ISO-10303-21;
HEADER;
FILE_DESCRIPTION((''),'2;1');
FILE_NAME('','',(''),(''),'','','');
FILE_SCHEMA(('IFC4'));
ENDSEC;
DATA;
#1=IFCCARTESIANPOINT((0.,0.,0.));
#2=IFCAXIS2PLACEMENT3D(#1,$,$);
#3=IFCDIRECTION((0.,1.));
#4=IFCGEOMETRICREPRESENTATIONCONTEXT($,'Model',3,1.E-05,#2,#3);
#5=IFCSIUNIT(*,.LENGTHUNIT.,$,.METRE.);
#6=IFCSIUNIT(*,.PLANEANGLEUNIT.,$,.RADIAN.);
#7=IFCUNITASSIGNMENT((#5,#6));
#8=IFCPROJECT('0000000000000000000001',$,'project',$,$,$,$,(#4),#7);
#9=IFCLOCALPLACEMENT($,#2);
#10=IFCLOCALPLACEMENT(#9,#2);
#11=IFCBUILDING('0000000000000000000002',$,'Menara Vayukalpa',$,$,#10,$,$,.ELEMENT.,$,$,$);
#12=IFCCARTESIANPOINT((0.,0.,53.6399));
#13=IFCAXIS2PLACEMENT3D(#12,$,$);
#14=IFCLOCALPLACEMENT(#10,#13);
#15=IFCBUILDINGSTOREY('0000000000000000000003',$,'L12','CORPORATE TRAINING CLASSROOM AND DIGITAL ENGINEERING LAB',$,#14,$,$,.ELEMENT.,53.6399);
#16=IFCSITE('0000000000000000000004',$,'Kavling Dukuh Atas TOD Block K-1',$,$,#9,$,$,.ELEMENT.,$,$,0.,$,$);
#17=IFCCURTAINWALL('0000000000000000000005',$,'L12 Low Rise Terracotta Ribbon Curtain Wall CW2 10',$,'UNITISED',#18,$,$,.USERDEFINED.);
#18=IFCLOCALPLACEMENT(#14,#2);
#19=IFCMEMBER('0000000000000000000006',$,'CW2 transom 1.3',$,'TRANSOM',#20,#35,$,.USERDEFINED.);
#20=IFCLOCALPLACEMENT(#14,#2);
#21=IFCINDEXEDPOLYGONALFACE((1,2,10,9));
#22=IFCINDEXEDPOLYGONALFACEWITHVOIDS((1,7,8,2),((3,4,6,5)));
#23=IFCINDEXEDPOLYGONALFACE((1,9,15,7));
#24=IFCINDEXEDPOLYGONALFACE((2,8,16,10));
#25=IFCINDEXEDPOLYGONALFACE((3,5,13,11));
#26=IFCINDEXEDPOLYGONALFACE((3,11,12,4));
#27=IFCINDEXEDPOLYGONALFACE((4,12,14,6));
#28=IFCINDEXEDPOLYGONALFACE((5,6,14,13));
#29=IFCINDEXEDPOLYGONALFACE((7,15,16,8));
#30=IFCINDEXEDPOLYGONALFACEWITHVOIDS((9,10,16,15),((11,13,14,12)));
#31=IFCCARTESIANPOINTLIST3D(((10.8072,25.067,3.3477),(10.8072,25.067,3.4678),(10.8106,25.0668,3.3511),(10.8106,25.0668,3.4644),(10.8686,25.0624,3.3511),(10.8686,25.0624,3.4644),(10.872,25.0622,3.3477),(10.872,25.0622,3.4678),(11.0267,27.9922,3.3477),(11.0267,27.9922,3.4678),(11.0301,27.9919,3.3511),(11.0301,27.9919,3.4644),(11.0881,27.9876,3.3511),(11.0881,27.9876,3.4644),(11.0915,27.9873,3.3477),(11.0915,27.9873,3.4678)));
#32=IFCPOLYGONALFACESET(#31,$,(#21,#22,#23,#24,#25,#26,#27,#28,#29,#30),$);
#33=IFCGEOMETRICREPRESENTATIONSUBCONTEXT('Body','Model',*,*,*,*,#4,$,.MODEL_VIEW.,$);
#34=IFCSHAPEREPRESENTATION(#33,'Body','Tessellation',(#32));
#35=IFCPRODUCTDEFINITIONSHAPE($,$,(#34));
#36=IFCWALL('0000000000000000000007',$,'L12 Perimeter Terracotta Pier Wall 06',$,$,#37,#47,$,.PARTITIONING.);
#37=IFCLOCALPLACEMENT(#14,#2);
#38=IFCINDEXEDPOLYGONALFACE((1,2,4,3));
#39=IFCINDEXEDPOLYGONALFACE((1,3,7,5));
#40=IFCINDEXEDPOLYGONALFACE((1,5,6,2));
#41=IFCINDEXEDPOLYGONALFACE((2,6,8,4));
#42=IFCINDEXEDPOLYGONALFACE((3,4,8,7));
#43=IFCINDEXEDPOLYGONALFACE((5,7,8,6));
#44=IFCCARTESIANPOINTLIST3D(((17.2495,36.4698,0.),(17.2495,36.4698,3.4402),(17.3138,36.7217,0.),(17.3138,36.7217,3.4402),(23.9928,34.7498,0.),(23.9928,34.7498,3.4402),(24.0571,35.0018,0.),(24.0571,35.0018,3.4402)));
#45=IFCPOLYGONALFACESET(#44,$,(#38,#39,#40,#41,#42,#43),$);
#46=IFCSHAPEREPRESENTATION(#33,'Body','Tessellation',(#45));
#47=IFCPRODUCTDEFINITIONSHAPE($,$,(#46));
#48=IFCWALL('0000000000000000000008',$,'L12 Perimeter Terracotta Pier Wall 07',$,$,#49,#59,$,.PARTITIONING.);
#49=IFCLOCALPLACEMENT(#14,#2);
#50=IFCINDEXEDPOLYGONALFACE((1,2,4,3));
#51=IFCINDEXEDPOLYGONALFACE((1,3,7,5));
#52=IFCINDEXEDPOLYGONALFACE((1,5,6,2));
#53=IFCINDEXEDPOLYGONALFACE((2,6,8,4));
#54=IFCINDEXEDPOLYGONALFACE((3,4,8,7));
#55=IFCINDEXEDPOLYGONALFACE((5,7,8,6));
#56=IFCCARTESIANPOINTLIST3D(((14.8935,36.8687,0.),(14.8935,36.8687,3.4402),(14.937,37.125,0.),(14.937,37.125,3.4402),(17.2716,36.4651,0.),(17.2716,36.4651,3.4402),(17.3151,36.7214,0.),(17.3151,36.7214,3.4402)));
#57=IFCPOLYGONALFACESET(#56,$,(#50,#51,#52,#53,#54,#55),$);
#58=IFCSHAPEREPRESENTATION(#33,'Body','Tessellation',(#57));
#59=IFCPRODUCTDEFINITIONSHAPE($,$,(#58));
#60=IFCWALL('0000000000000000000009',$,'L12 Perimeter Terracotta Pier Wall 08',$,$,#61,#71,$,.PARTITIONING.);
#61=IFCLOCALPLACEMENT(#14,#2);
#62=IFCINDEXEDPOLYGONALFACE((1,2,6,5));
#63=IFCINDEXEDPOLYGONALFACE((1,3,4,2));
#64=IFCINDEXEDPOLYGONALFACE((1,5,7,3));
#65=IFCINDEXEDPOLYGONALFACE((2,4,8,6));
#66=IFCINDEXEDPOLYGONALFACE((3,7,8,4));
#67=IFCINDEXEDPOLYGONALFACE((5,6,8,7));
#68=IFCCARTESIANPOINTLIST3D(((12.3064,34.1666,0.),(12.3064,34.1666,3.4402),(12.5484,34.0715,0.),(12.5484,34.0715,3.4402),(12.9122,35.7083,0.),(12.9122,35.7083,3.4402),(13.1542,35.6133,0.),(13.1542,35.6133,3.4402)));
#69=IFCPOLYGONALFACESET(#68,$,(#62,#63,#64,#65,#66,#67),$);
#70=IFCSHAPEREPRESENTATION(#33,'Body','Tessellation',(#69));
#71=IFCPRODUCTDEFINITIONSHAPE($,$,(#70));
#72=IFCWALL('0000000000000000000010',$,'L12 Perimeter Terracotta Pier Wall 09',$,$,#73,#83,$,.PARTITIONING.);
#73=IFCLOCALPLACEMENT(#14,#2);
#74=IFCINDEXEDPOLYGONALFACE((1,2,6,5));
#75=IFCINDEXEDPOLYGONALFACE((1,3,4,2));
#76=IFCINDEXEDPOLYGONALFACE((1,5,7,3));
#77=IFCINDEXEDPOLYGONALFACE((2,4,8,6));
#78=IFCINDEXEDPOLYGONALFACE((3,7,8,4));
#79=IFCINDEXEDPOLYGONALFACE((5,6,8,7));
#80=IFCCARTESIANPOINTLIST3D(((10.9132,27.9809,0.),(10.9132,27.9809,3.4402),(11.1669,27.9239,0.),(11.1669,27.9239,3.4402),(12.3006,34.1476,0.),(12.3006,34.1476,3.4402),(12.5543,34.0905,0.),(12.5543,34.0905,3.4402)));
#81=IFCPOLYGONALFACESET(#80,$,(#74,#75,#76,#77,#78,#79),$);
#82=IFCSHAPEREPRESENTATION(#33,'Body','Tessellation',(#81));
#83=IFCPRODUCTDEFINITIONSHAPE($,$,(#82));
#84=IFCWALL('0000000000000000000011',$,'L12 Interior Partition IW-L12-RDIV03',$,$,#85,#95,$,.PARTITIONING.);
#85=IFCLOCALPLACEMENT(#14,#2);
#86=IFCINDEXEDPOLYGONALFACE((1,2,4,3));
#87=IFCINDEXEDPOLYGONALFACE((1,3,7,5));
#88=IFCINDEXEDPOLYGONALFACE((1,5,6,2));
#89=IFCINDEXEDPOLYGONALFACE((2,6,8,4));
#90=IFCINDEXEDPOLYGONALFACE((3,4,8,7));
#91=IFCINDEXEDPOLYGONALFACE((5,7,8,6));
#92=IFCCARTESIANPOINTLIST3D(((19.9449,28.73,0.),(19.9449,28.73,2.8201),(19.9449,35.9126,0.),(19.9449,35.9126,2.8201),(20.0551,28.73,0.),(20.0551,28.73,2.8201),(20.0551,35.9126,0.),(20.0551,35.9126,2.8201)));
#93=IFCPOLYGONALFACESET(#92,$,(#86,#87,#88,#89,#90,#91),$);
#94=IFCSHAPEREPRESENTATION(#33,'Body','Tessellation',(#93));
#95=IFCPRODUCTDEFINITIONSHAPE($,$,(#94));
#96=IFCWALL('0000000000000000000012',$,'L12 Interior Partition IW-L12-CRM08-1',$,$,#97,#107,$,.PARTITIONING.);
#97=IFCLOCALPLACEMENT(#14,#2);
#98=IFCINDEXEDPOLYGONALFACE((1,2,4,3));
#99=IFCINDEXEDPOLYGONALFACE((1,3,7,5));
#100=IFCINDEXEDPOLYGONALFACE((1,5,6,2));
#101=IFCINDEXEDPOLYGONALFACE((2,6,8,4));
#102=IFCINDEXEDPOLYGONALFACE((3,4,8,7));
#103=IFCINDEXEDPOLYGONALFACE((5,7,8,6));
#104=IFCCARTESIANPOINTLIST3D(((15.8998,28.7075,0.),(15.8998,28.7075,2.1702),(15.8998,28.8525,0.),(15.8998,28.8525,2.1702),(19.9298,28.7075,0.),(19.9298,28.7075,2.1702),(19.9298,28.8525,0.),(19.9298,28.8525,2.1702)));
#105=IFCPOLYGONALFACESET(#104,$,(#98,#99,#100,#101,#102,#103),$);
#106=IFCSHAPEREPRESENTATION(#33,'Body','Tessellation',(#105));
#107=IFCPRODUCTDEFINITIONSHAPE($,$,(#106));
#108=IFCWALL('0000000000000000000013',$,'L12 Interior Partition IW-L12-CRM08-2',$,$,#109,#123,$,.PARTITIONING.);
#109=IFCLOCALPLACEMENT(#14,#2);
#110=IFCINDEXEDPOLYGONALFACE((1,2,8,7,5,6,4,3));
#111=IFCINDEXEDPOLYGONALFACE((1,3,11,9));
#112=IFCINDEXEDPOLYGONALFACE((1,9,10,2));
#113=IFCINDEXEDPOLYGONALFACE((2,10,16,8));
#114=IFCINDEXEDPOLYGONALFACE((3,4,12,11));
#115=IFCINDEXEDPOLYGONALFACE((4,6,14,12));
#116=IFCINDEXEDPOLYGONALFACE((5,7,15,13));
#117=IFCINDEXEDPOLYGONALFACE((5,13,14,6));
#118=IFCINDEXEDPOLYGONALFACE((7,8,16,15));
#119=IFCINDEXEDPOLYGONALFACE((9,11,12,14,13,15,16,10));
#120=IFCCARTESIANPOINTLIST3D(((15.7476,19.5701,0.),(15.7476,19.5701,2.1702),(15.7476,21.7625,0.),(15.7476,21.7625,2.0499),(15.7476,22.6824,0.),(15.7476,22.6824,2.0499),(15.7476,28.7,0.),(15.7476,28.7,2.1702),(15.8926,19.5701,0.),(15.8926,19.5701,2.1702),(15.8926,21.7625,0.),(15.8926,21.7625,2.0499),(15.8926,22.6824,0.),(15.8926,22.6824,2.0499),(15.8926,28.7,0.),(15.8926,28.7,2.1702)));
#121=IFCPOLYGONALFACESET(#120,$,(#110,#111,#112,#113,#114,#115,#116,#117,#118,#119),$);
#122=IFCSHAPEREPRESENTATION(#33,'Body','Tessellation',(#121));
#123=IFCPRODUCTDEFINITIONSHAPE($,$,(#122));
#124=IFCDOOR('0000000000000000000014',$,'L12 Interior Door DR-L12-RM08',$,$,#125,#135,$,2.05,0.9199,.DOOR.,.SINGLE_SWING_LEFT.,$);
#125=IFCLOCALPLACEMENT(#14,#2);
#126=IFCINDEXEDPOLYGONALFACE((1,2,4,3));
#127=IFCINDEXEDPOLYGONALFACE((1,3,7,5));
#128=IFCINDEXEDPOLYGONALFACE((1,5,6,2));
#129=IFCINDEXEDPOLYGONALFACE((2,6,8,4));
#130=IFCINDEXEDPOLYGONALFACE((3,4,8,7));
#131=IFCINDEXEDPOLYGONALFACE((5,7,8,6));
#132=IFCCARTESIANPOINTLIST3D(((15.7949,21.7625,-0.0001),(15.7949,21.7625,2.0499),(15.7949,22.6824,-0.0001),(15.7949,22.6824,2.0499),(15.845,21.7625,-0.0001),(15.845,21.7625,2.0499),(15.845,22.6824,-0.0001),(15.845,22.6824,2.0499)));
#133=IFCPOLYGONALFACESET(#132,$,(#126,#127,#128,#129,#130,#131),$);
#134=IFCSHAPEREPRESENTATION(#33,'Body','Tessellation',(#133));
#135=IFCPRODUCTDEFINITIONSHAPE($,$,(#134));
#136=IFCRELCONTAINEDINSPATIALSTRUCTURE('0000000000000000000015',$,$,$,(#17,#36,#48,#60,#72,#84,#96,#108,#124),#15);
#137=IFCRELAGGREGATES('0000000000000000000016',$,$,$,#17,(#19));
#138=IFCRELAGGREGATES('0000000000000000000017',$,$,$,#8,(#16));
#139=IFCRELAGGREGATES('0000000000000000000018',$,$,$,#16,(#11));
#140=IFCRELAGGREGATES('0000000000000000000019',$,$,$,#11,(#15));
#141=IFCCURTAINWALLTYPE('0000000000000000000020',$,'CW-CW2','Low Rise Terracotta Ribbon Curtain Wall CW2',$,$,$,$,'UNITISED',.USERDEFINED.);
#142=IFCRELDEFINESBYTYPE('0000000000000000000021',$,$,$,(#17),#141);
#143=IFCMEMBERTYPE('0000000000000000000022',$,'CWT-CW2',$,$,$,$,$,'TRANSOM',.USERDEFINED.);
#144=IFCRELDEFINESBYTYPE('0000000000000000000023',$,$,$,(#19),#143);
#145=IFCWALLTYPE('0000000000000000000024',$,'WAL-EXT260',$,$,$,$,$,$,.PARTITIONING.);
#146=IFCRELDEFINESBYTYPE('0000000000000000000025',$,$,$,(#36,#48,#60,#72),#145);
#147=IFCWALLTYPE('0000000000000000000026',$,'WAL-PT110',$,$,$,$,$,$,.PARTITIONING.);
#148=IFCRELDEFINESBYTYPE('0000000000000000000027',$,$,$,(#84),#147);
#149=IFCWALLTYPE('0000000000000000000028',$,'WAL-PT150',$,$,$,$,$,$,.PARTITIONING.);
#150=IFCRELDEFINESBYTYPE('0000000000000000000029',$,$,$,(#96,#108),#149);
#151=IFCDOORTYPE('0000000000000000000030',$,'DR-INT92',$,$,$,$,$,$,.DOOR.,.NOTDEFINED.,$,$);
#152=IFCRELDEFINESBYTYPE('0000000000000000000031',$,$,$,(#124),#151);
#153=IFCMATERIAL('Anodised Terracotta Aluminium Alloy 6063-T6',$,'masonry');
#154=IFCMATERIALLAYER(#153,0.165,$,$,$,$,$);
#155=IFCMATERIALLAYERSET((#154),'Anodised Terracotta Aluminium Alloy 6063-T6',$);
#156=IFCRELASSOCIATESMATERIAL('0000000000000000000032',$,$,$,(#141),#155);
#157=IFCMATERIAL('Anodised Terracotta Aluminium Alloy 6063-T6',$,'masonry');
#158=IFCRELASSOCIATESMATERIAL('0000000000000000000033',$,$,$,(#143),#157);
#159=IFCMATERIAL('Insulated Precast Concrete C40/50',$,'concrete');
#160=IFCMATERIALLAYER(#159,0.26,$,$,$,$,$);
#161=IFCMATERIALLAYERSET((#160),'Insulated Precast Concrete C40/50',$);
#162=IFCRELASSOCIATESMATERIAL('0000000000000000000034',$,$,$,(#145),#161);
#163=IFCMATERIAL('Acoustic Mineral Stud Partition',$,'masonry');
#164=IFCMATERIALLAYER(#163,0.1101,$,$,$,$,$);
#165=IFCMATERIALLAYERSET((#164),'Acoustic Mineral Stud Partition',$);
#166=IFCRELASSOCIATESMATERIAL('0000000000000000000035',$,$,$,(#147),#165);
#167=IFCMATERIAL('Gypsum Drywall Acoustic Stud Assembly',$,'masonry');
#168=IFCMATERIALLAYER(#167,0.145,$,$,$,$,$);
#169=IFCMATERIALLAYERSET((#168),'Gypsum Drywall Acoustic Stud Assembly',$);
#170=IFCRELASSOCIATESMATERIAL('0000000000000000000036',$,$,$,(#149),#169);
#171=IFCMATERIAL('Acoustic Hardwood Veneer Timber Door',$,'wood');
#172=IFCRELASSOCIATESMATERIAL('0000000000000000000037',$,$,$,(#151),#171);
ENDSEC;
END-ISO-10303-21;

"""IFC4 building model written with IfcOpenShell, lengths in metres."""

from ifc_helpers import new_model, si_unit, direction, frame, frame_2d, origin, origin_2d, place, context, subcontext, project, spatial, rectangle, hollow_rectangle, extrude, material, layer, layer_set, material_profile, profile_set, type_object, element, fill, aggregate, save


model = new_model("IFC4")

# Units and contexts
model_context = context("Model", 3, precision=1e-05, world=origin(), true_north=direction((0.0, 1.0)))
body_context = subcontext(model_context, "Body", "Model", "MODEL_VIEW")
ifc_project = project(units=[si_unit("LENGTHUNIT", "METRE"), si_unit("PLANEANGLEUNIT", "RADIAN")], contexts=[model_context])

# Site, building, storey
site_placement = place(None, origin())
site = spatial("IfcSite", under=ifc_project, at=site_placement, Name="Kavling Dukuh Atas TOD Block K-1", CompositionType="ELEMENT", RefElevation=0.0)
building_placement = place(site_placement, origin())
building = spatial("IfcBuilding", under=site, at=building_placement, Name="Menara Vayukalpa", CompositionType="ELEMENT")
storey_placement = place(building_placement, frame((0.0, 0.0, 53.6399)))
storey = spatial("IfcBuildingStorey", under=building, at=storey_placement, Name="L12", Description="CORPORATE TRAINING CLASSROOM AND DIGITAL ENGINEERING LAB", CompositionType="ELEMENT", Elevation=53.6399)

# Shared definitions
ifc_material_1 = material(Name="Anodised Terracotta Aluminium Alloy 6063-T6", Category="masonry")
ifc_layer_1 = layer(ifc_material_1, 0.165)
ifc_layer_set_1 = layer_set([ifc_layer_1], Name="Anodised Terracotta Aluminium Alloy 6063-T6")
curtain_wall_type = type_object("IfcCurtainWallType", Name="CW-CW2", Description="Low Rise Terracotta Ribbon Curtain Wall CW2", ElementType="UNITISED", PredefinedType="USERDEFINED", material=ifc_layer_set_1)

# Curtain wall, member
curtain_wall_1_placement = place(storey_placement, origin())
curtain_wall_1 = element("IfcCurtainWall", 1, at=curtain_wall_1_placement, inside=storey, type_object=curtain_wall_type, Name="L12 Low Rise Terracotta Ribbon Curtain Wall CW2 10", ObjectType="UNITISED", PredefinedType="USERDEFINED")
ifc_material_2 = material(Name="Anodised Terracotta Aluminium Alloy 6063-T6", Category="masonry")
ifc_material_profile_1 = material_profile(ifc_material_2, hollow_rectangle(XDim=0.0649, YDim=0.1201, WallThickness=0.0034, at=origin_2d()), Name="ALU 65x120x3.5")
ifc_profile_set_1 = profile_set([ifc_material_profile_1], Name="Anodised Terracotta Aluminium Alloy 6063-T6")
member_type_1 = type_object("IfcMemberType", Name="CWT-CW2", ElementType="TRANSOM", PredefinedType="USERDEFINED", material=ifc_profile_set_1)
member_1_placement = place(storey_placement, frame((11.0591, 27.9897, 3.4077), z_axis=(-0.074825, -0.997197, 0.0), x_axis=(0.997197, -0.074825, 0.0)))
member_1 = element("IfcMember", 2, at=member_1_placement, type_object=member_type_1, Name="CW2 transom 1.3", ObjectType="TRANSOM", PredefinedType="USERDEFINED", context=body_context, shape_type="SweptSolid", body=[
    extrude(hollow_rectangle(XDim=0.0649, YDim=0.1201, WallThickness=0.0034, at=origin_2d()), origin(), (0.0, 0.0, 1.0), 2.9333),
])
aggregate(curtain_wall_1, [member_1])

# Walls
ifc_material_3 = material(Name="Insulated Precast Concrete C40/50", Category="concrete")
ifc_layer_2 = layer(ifc_material_3, 0.26)
ifc_layer_set_2 = layer_set([ifc_layer_2], Name="Insulated Precast Concrete C40/50")
wall_type_1 = type_object("IfcWallType", Name="WAL-EXT260", PredefinedType="PARTITIONING", material=ifc_layer_set_2)
wall_1_placement = place(storey_placement, frame((17.2817, 36.5957, 0.0), z_axis=(0.0, 0.0, 1.0), x_axis=(0.968978, -0.247147, 0.0)))
element("IfcWall", 3, at=wall_1_placement, inside=storey, type_object=wall_type_1, Name="L12 Perimeter Terracotta Pier Wall 06", PredefinedType="PARTITIONING", context=body_context, shape_type="SweptSolid", body=[
    extrude(rectangle(XDim=6.9592, YDim=0.26, at=frame_2d((3.4795, 0.0))), origin(), (0.0, 0.0, 1.0), 3.4402),
])
wall_2_placement = place(storey_placement, frame((14.9153, 36.9968, 0.0), z_axis=(0.0, 0.0, 1.0), x_axis=(0.985905, -0.167303, 0.0)))
element("IfcWall", 4, at=wall_2_placement, inside=storey, type_object=wall_type_1, Name="L12 Perimeter Terracotta Pier Wall 07", PredefinedType="PARTITIONING", context=body_context, shape_type="SweptSolid", body=[
    extrude(rectangle(XDim=2.4121, YDim=0.26, at=frame_2d((1.2061, 0.0))), origin(), (0.0, 0.0, 1.0), 3.4402),
])
wall_3_placement = place(storey_placement, frame((12.4275, 34.1191, 0.0), z_axis=(0.0, 0.0, 1.0), x_axis=(0.365666, 0.930746, 0.0)))
element("IfcWall", 5, at=wall_3_placement, inside=storey, type_object=wall_type_1, Name="L12 Perimeter Terracotta Pier Wall 08", PredefinedType="PARTITIONING", context=body_context, shape_type="SweptSolid", body=[
    extrude(rectangle(XDim=1.6565, YDim=0.26, at=frame_2d((0.8281, 0.0))), origin(), (0.0, 0.0, 1.0), 3.4402),
])
wall_4_placement = place(storey_placement, frame((11.04, 27.9524, 0.0), z_axis=(0.0, 0.0, 1.0), x_axis=(0.219502, 0.975612, 0.0)))
element("IfcWall", 6, at=wall_4_placement, inside=storey, type_object=wall_type_1, Name="L12 Perimeter Terracotta Pier Wall 09", PredefinedType="PARTITIONING", context=body_context, shape_type="SweptSolid", body=[
    extrude(rectangle(XDim=6.3208, YDim=0.26, at=frame_2d((3.1604, 0.0))), origin(), (0.0, 0.0, 1.0), 3.4402),
])
ifc_material_4 = material(Name="Acoustic Mineral Stud Partition", Category="masonry")
ifc_layer_3 = layer(ifc_material_4, 0.1101)
ifc_layer_set_3 = layer_set([ifc_layer_3], Name="Acoustic Mineral Stud Partition")
wall_type_2 = type_object("IfcWallType", Name="WAL-PT110", PredefinedType="PARTITIONING", material=ifc_layer_set_3)
wall_5_placement = place(storey_placement, frame((20.0, 28.73, 0.0), z_axis=(0.0, 0.0, 1.0), x_axis=(0.0, 1.0, 0.0)))
element("IfcWall", 7, at=wall_5_placement, inside=storey, type_object=wall_type_2, Name="L12 Interior Partition IW-L12-RDIV03", PredefinedType="PARTITIONING", context=body_context, shape_type="SweptSolid", body=[
    extrude(rectangle(XDim=7.1826, YDim=0.1101, at=frame_2d((3.5913, 0.0))), origin(), (0.0, 0.0, 1.0), 2.8201),
])
ifc_material_5 = material(Name="Gypsum Drywall Acoustic Stud Assembly", Category="masonry")
ifc_layer_4 = layer(ifc_material_5, 0.145)
ifc_layer_set_4 = layer_set([ifc_layer_4], Name="Gypsum Drywall Acoustic Stud Assembly")
wall_type_3 = type_object("IfcWallType", Name="WAL-PT150", PredefinedType="PARTITIONING", material=ifc_layer_set_4)
wall_6_placement = place(storey_placement, frame((19.9299, 28.78, 0.0), z_axis=(0.0, 0.0, 1.0), x_axis=(-1.0, 0.0, 0.0)))
element("IfcWall", 8, at=wall_6_placement, inside=storey, type_object=wall_type_3, Name="L12 Interior Partition IW-L12-CRM08-1", PredefinedType="PARTITIONING", context=body_context, shape_type="SweptSolid", body=[
    extrude(rectangle(XDim=4.03, YDim=0.145, at=frame_2d((2.0151, 0.0))), origin(), (0.0, 0.0, 1.0), 2.1702),
])

# Wall, opening, door
wall_7_placement = place(storey_placement, frame((15.8201, 28.7, 0.0), z_axis=(0.0, 0.0, 1.0), x_axis=(0.0, -1.0, 0.0)))
wall_7 = element("IfcWall", 9, at=wall_7_placement, inside=storey, type_object=wall_type_3, Name="L12 Interior Partition IW-L12-CRM08-2", PredefinedType="PARTITIONING", context=body_context, shape_type="SweptSolid", body=[
    extrude(rectangle(XDim=9.1299, YDim=0.145, at=frame_2d((4.5649, 0.0))), origin(), (0.0, 0.0, 1.0), 2.1702),
])
opening_placement = place(wall_7_placement, frame((6.0176, 0.0, 0.0)))
opening = element("IfcOpeningElement", 10, at=opening_placement, cuts=wall_7, PredefinedType="OPENING", context=body_context, shape_type="SweptSolid", body=[
    extrude(rectangle(XDim=0.9199, YDim=2.05, at=frame_2d((0.46, 1.0249))), frame((0.0, 0.0825, 0.0), z_axis=(0.0, -1.0, 0.0), x_axis=(1.0, 0.0, 0.0)), (0.0, 0.0, 1.0), 0.165),
])
ifc_material_6 = material(Name="Acoustic Hardwood Veneer Timber Door", Category="wood")
door_type = type_object("IfcDoorType", Name="DR-INT92", OperationType="NOTDEFINED", PredefinedType="DOOR", material=ifc_material_6)
door_placement = place(opening_placement, origin())
door = element("IfcDoor", 11, at=door_placement, inside=storey, type_object=door_type, Name="L12 Interior Door DR-L12-RM08", OperationType="SINGLE_SWING_LEFT", OverallHeight=2.05, OverallWidth=0.9199, PredefinedType="DOOR", context=body_context, shape_type="SweptSolid", body=[
    extrude(rectangle(XDim=0.9199, YDim=2.05, at=frame_2d((0.46, 1.0249))), frame((0.0, 0.0249, 0.0), z_axis=(0.0, -1.0, 0.0), x_axis=(1.0, 0.0, 0.0)), (0.0, 0.0, 1.0), 0.05),
])
fill(opening, door)

save(model, "model.ifc")
